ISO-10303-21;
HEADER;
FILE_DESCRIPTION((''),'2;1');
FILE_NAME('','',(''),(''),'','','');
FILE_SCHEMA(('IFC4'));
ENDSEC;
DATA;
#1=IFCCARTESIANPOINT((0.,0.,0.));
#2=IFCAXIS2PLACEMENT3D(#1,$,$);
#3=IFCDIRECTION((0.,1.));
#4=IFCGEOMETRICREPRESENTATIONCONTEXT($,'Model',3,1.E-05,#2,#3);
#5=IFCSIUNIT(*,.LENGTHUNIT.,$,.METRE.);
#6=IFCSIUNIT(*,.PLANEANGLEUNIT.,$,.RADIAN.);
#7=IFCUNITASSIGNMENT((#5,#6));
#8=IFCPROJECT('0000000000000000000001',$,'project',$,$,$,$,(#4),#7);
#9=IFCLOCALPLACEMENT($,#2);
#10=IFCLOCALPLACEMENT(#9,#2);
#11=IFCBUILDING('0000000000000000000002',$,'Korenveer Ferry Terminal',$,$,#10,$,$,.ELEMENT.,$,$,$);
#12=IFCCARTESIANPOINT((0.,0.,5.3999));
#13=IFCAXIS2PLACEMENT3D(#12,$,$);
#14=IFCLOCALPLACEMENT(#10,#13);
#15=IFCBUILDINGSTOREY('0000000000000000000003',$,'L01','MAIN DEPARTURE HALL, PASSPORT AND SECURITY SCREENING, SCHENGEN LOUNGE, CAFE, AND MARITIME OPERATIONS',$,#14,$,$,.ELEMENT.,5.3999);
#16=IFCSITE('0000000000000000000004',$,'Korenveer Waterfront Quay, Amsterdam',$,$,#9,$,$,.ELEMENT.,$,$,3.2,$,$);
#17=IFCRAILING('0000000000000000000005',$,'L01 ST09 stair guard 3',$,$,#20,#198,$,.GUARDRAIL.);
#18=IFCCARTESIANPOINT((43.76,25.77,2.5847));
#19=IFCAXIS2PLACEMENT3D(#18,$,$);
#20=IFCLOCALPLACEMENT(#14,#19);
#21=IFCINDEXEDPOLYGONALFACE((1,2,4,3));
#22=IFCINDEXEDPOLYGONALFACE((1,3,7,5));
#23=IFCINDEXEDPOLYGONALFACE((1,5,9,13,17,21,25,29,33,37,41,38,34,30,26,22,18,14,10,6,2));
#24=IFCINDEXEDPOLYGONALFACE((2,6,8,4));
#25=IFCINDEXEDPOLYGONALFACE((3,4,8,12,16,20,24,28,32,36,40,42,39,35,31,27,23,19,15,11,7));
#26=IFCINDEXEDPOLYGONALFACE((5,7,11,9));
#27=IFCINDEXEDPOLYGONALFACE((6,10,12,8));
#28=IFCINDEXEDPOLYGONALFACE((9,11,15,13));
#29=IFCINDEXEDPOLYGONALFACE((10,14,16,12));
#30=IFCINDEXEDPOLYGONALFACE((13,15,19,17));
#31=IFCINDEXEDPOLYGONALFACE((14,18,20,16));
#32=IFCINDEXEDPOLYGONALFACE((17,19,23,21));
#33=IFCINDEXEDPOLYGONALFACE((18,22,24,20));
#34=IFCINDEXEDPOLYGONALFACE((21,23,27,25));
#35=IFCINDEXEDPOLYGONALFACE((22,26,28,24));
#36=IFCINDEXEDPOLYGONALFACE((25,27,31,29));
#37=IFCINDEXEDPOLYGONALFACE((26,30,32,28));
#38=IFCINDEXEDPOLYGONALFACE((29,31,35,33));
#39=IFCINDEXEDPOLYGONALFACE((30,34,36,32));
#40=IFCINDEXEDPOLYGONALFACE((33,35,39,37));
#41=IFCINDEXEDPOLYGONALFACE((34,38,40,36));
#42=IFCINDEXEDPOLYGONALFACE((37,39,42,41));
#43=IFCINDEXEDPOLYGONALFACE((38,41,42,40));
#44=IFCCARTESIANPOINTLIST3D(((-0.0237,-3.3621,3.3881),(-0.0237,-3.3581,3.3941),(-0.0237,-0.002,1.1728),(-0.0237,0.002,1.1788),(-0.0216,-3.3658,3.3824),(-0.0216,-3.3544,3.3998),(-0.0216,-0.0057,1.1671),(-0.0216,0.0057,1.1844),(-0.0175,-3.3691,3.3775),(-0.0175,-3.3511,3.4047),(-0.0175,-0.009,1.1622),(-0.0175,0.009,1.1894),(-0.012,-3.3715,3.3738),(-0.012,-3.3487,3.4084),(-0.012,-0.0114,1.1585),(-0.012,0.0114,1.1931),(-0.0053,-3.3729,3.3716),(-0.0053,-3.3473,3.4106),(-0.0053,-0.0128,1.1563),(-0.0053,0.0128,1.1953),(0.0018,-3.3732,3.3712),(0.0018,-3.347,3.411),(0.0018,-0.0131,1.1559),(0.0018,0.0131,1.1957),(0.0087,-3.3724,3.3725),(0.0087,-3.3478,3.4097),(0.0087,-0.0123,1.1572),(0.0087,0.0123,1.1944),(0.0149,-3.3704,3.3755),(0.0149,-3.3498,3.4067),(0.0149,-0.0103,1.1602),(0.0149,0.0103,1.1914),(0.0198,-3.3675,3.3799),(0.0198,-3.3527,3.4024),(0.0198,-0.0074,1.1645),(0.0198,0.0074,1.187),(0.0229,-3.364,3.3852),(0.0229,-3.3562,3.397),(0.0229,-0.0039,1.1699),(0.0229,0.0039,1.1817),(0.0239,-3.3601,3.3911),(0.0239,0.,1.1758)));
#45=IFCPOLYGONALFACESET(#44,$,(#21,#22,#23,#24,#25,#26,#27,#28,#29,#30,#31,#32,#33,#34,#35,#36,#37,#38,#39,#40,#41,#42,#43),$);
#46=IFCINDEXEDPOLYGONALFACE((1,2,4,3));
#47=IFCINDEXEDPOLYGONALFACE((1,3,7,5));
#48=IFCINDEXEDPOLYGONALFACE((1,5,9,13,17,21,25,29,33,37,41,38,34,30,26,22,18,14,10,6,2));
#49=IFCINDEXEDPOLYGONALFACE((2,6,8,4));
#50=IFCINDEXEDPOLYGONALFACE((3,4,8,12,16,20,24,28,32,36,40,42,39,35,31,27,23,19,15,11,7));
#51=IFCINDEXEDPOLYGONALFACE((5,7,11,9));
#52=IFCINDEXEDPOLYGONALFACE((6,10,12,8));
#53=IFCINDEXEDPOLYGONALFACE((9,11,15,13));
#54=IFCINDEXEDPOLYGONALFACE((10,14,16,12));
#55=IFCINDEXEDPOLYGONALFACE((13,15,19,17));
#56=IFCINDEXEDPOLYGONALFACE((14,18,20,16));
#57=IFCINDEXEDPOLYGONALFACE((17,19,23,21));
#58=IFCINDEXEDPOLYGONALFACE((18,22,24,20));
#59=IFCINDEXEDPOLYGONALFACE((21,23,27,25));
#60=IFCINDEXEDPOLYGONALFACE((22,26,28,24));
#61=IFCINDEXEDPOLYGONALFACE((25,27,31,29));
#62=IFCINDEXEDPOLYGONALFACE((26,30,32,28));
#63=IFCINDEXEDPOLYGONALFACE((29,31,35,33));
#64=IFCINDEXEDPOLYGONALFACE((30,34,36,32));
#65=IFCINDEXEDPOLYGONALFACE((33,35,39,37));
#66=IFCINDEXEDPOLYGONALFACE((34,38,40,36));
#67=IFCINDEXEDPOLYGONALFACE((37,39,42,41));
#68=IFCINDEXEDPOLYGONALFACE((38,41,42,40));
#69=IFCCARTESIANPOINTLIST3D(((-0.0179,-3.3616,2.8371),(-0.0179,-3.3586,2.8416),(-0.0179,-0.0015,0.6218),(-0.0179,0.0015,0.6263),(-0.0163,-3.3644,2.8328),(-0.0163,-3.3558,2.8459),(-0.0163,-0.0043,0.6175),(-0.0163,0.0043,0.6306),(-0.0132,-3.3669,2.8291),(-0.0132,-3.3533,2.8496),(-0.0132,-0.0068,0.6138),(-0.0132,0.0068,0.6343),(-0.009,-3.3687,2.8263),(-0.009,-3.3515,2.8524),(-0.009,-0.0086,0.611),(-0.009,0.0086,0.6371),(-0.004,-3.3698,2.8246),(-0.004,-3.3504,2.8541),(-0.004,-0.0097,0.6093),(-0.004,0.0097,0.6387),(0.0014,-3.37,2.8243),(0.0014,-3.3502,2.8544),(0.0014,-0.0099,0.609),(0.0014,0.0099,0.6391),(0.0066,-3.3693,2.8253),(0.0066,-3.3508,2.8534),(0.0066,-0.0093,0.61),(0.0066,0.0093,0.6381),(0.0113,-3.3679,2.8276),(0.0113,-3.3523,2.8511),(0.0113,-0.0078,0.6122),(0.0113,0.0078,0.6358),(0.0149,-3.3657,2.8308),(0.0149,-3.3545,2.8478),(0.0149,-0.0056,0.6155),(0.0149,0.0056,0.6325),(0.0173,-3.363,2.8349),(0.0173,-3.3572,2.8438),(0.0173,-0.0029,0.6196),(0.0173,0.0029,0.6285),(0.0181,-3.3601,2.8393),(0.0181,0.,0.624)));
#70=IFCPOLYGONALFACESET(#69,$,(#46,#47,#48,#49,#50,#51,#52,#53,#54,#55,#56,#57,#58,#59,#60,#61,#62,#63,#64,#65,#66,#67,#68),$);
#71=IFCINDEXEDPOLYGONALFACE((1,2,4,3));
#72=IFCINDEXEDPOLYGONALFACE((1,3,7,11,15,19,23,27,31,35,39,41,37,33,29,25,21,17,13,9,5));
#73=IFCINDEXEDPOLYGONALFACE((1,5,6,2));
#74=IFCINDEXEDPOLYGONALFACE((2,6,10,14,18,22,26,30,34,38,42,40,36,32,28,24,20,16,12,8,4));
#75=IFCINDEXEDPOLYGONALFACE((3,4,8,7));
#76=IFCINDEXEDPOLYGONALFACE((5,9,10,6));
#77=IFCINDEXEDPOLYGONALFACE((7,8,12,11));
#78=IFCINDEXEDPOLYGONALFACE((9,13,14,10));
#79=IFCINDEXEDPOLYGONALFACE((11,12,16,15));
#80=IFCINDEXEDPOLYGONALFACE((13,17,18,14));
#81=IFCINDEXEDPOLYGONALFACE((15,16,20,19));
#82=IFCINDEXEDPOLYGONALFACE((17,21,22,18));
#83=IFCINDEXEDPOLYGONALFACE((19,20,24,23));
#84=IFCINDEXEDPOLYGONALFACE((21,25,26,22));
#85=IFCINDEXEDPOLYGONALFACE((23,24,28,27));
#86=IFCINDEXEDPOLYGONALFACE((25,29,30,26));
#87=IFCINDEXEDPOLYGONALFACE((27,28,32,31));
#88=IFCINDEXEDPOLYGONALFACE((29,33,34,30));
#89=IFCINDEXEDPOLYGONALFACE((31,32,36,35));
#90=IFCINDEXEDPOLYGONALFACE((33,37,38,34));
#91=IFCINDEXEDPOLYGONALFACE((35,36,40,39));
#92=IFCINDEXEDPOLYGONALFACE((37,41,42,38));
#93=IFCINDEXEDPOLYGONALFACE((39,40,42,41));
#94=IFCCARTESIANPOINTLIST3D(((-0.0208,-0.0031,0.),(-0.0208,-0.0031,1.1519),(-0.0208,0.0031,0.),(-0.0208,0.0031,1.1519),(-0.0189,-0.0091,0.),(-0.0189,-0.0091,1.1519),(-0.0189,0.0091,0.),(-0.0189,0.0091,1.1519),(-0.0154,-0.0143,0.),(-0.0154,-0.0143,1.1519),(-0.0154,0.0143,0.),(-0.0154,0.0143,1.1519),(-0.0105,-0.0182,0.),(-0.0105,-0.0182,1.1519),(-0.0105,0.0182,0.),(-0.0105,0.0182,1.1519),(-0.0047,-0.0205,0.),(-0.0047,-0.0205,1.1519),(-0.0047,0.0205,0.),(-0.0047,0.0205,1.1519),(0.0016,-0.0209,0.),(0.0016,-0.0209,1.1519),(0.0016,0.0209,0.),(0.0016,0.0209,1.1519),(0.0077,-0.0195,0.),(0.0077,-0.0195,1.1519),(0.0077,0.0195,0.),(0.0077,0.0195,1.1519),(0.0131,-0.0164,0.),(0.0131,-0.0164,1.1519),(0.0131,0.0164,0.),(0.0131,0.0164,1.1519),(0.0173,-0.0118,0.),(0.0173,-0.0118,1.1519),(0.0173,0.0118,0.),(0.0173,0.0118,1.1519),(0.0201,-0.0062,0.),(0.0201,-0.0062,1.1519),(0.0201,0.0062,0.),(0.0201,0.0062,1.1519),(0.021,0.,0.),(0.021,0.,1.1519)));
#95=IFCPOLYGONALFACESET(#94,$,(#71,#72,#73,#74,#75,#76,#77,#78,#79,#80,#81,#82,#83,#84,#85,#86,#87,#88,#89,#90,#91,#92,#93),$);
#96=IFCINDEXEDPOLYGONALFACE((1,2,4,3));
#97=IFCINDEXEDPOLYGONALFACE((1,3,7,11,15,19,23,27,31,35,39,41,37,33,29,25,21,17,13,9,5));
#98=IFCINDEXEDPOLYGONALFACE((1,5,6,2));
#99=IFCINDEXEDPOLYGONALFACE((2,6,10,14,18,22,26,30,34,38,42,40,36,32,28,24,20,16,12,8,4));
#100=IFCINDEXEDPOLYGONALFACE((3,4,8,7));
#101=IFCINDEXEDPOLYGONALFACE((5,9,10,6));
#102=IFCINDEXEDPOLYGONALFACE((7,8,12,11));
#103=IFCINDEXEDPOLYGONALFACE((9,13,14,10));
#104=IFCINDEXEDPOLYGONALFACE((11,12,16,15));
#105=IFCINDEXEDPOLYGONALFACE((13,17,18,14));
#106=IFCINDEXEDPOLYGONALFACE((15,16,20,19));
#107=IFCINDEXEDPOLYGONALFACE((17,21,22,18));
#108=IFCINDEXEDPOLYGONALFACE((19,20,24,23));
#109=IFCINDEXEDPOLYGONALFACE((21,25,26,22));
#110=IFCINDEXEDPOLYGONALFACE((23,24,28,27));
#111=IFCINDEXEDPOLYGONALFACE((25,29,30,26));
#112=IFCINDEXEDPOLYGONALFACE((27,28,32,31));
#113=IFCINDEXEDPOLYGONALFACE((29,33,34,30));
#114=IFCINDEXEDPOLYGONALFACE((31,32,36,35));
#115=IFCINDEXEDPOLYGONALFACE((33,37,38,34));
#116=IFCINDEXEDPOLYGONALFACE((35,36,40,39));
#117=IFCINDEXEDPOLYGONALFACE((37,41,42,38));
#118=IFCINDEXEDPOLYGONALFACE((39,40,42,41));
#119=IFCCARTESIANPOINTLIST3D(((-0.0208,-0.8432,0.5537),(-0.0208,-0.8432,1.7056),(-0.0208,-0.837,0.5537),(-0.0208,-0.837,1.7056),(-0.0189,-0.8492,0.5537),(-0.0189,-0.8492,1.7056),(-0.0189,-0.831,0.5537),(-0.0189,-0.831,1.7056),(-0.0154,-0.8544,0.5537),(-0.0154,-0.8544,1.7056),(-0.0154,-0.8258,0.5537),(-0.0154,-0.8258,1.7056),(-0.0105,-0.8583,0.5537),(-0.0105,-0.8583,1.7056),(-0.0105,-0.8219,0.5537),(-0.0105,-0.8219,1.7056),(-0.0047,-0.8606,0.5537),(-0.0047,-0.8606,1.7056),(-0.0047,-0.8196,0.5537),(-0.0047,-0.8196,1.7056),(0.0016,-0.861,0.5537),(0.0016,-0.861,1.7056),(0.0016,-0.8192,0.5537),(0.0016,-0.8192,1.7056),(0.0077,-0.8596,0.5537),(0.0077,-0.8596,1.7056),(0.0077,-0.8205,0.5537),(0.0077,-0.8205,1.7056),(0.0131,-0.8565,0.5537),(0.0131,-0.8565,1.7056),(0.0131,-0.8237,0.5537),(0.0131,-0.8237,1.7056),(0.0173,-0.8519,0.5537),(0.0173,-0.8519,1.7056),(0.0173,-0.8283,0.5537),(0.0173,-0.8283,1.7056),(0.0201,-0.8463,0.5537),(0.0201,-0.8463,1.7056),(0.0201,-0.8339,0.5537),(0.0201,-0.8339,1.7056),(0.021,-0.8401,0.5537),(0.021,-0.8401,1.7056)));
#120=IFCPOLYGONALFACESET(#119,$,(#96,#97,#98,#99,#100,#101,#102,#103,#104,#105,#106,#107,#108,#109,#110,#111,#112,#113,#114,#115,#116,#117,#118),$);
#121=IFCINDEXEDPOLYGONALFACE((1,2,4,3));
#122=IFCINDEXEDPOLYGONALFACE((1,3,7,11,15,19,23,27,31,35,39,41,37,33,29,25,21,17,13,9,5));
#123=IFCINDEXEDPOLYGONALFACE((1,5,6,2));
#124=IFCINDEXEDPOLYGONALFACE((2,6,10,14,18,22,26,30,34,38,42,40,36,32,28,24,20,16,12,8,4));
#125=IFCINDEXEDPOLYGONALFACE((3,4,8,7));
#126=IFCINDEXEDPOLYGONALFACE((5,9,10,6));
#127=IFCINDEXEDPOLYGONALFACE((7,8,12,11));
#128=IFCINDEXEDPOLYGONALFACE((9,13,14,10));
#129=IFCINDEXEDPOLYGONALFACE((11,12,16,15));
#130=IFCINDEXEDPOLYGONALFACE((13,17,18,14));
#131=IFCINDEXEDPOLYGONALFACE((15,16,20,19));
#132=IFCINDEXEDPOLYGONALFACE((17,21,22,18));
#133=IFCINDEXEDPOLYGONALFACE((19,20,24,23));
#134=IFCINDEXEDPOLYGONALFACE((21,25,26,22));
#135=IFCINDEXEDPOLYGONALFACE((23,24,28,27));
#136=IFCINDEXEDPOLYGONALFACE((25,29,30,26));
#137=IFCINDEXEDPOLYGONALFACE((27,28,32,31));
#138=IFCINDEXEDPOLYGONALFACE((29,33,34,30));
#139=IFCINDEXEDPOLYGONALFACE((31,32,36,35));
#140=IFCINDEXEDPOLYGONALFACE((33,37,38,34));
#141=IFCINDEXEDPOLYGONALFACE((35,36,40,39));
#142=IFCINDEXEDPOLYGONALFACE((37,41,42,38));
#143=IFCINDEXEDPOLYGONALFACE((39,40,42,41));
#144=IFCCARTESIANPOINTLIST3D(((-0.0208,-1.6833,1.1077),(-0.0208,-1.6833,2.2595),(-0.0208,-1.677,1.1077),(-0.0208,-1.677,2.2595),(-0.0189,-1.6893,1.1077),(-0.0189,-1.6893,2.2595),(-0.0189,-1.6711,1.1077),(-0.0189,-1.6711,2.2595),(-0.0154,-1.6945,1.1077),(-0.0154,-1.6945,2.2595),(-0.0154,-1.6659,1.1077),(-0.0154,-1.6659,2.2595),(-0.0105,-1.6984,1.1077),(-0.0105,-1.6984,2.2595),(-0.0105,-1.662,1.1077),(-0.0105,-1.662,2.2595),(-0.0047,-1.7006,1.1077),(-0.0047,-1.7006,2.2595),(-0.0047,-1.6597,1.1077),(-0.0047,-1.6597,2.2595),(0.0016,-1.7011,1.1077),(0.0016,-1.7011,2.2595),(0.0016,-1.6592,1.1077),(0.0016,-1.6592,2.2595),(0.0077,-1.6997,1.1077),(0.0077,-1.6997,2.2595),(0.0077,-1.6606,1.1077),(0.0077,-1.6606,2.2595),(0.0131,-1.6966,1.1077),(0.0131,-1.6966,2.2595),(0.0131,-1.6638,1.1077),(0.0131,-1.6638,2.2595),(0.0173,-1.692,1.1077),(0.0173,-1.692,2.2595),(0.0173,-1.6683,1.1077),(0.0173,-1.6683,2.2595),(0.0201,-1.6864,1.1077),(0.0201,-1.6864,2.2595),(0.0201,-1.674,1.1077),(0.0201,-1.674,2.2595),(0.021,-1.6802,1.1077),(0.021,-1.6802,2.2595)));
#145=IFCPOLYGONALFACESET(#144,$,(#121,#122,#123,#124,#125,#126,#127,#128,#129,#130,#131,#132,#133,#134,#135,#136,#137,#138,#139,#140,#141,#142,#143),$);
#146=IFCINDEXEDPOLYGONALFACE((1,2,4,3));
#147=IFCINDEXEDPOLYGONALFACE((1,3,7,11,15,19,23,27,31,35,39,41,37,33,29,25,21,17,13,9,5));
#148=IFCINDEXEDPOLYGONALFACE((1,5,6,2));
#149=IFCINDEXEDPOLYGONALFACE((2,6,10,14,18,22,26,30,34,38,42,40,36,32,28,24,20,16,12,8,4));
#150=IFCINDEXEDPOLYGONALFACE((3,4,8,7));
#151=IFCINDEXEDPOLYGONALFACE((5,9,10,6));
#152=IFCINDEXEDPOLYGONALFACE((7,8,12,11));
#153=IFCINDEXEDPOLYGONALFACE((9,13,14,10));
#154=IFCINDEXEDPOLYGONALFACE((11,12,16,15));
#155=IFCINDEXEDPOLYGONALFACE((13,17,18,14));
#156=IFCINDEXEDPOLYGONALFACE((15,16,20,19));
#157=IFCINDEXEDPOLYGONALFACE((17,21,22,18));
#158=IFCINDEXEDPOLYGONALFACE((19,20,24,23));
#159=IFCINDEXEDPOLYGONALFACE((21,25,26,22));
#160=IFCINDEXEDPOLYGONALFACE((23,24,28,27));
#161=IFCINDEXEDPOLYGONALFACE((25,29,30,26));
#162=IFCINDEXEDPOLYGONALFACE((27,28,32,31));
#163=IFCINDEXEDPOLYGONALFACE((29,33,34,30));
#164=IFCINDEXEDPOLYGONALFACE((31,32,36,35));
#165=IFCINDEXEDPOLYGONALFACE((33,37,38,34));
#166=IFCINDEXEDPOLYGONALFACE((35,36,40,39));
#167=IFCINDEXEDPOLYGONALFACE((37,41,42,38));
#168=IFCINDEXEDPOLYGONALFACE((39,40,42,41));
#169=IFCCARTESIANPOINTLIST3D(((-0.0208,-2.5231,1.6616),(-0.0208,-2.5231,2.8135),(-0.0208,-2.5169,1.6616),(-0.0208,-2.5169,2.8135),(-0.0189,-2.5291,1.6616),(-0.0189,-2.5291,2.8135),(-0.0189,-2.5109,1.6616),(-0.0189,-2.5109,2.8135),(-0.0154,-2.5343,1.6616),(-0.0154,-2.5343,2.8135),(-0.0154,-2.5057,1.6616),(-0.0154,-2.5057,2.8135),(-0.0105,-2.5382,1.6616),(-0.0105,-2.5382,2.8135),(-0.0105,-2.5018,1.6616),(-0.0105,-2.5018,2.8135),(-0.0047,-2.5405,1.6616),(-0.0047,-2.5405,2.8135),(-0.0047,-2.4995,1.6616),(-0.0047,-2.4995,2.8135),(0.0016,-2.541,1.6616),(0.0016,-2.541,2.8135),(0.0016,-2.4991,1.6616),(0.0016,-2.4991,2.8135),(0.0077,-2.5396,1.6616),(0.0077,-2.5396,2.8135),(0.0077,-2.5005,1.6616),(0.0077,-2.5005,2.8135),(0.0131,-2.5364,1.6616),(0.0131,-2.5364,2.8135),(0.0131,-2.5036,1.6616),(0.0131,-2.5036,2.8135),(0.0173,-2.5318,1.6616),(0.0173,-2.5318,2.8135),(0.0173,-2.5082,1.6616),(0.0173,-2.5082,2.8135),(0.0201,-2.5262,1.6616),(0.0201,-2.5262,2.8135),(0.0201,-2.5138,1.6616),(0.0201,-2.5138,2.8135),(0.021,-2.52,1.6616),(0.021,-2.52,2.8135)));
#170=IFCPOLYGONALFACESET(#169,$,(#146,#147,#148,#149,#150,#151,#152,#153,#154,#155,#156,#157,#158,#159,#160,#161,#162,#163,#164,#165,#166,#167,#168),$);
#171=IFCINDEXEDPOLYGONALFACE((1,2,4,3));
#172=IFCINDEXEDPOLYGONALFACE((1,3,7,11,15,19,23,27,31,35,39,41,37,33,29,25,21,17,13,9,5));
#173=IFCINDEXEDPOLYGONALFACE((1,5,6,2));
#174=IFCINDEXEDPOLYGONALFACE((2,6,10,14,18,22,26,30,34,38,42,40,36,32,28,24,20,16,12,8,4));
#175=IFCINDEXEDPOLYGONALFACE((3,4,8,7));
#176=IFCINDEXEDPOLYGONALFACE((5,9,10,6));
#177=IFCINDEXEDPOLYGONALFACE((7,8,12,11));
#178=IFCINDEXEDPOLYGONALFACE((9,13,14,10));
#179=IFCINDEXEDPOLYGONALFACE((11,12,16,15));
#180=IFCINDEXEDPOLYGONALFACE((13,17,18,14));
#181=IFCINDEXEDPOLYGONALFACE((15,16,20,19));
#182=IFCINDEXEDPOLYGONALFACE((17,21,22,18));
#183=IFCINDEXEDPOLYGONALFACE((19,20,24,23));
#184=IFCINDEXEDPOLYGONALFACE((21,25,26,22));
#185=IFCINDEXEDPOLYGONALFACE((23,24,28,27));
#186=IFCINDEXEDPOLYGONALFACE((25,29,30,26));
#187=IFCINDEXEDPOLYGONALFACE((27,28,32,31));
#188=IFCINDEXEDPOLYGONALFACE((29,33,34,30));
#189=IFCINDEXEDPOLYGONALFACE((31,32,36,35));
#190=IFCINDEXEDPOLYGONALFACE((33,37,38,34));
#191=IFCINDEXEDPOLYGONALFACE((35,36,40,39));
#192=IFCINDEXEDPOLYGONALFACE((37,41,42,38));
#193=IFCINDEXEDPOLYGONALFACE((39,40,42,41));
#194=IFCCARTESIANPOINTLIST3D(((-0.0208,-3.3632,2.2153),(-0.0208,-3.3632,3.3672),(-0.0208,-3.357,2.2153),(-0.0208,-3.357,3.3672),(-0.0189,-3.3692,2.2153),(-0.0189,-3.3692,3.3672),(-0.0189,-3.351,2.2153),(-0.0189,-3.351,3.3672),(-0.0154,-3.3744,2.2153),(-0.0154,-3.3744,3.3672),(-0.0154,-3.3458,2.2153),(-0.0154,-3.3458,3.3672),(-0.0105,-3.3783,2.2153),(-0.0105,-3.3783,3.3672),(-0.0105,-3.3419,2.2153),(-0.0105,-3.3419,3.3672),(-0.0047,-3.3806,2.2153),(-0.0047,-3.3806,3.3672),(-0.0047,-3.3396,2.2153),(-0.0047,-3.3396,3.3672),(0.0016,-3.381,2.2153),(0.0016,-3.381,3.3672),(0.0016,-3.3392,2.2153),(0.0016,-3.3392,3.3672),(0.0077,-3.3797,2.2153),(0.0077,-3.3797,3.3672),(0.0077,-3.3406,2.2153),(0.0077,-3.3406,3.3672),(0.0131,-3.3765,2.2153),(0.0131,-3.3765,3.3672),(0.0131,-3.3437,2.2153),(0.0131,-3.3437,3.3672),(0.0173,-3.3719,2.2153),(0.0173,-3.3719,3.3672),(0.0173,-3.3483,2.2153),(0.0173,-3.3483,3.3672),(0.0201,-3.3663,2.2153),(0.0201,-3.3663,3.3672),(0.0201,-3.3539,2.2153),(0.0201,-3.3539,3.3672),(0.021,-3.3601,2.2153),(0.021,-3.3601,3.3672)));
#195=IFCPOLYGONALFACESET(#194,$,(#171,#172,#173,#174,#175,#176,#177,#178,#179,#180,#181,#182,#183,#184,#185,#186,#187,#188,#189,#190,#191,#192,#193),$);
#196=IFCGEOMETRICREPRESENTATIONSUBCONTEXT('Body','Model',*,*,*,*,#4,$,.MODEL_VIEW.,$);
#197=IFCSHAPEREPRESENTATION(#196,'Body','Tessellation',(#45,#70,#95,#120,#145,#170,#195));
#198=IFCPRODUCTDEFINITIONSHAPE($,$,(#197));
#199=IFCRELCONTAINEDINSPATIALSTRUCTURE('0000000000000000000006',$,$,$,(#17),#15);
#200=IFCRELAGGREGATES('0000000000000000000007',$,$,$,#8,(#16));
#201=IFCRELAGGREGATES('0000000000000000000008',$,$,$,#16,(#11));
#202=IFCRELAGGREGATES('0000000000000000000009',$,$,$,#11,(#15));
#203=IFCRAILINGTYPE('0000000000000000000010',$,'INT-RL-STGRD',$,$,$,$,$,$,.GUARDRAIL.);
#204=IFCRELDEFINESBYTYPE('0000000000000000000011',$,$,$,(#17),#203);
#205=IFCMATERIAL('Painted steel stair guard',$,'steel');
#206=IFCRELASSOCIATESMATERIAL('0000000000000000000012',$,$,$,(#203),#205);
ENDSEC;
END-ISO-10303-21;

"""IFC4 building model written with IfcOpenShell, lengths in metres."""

from ifc_helpers import new_model, si_unit, direction, frame, origin, origin_2d, place, context, subcontext, project, spatial, circle, extrude, material, type_object, element, save


model = new_model("IFC4")

# Units and contexts
model_context = context("Model", 3, precision=1e-05, world=origin(), true_north=direction((0.0, 1.0)))
body_context = subcontext(model_context, "Body", "Model", "MODEL_VIEW")
ifc_project = project(units=[si_unit("LENGTHUNIT", "METRE"), si_unit("PLANEANGLEUNIT", "RADIAN")], contexts=[model_context])

# Site, building, storey
site_placement = place(None, origin())
site = spatial("IfcSite", under=ifc_project, at=site_placement, Name="Korenveer Waterfront Quay, Amsterdam", CompositionType="ELEMENT", RefElevation=3.2)
building_placement = place(site_placement, origin())
building = spatial("IfcBuilding", under=site, at=building_placement, Name="Korenveer Ferry Terminal", CompositionType="ELEMENT")
storey_placement = place(building_placement, frame((0.0, 0.0, 5.3999)))
storey = spatial("IfcBuildingStorey", under=building, at=storey_placement, Name="L01", Description="MAIN DEPARTURE HALL, PASSPORT AND SECURITY SCREENING, SCHENGEN LOUNGE, CAFE, AND MARITIME OPERATIONS", CompositionType="ELEMENT", Elevation=5.3999)

# Railing
ifc_material_1 = material(Name="Painted steel stair guard", Category="steel")
railing_type_1 = type_object("IfcRailingType", Name="INT-RL-STGRD", PredefinedType="GUARDRAIL", material=ifc_material_1)
railing_1_placement = place(storey_placement, frame((43.76, 25.77, 2.5847)))
element("IfcRailing", 1, at=railing_1_placement, inside=storey, type_object=railing_type_1, Name="L01 ST09 stair guard 3", PredefinedType="GUARDRAIL", context=body_context, shape_type="SweptSolid", body=[
    extrude(circle(Radius=0.0239, at=origin_2d()), frame((0.0, 0.0, 1.1758), z_axis=(0.0, -0.834876, 0.550437), x_axis=(1.0, 0.0, 0.0)), (0.0, 0.0, 1.0), 4.0247),
    extrude(circle(Radius=0.0181, at=origin_2d()), frame((0.0, 0.0, 0.624), z_axis=(0.0, -0.834876, 0.550437), x_axis=(1.0, 0.0, 0.0)), (0.0, 0.0, 1.0), 4.0247),
    extrude(circle(Radius=0.021, at=origin_2d()), origin(), (0.0, 0.0, 1.0), 1.1519),
    extrude(circle(Radius=0.021, at=origin_2d()), frame((0.0, -0.8401, 0.5537)), (0.0, 0.0, 1.0), 1.1519),
    extrude(circle(Radius=0.021, at=origin_2d()), frame((0.0, -1.6802, 1.1077)), (0.0, 0.0, 1.0), 1.1519),
    extrude(circle(Radius=0.021, at=origin_2d()), frame((0.0, -2.52, 1.6616)), (0.0, 0.0, 1.0), 1.1519),
    extrude(circle(Radius=0.021, at=origin_2d()), frame((0.0, -3.3601, 2.2153)), (0.0, 0.0, 1.0), 1.1519),
])

save(model, "model.ifc")
